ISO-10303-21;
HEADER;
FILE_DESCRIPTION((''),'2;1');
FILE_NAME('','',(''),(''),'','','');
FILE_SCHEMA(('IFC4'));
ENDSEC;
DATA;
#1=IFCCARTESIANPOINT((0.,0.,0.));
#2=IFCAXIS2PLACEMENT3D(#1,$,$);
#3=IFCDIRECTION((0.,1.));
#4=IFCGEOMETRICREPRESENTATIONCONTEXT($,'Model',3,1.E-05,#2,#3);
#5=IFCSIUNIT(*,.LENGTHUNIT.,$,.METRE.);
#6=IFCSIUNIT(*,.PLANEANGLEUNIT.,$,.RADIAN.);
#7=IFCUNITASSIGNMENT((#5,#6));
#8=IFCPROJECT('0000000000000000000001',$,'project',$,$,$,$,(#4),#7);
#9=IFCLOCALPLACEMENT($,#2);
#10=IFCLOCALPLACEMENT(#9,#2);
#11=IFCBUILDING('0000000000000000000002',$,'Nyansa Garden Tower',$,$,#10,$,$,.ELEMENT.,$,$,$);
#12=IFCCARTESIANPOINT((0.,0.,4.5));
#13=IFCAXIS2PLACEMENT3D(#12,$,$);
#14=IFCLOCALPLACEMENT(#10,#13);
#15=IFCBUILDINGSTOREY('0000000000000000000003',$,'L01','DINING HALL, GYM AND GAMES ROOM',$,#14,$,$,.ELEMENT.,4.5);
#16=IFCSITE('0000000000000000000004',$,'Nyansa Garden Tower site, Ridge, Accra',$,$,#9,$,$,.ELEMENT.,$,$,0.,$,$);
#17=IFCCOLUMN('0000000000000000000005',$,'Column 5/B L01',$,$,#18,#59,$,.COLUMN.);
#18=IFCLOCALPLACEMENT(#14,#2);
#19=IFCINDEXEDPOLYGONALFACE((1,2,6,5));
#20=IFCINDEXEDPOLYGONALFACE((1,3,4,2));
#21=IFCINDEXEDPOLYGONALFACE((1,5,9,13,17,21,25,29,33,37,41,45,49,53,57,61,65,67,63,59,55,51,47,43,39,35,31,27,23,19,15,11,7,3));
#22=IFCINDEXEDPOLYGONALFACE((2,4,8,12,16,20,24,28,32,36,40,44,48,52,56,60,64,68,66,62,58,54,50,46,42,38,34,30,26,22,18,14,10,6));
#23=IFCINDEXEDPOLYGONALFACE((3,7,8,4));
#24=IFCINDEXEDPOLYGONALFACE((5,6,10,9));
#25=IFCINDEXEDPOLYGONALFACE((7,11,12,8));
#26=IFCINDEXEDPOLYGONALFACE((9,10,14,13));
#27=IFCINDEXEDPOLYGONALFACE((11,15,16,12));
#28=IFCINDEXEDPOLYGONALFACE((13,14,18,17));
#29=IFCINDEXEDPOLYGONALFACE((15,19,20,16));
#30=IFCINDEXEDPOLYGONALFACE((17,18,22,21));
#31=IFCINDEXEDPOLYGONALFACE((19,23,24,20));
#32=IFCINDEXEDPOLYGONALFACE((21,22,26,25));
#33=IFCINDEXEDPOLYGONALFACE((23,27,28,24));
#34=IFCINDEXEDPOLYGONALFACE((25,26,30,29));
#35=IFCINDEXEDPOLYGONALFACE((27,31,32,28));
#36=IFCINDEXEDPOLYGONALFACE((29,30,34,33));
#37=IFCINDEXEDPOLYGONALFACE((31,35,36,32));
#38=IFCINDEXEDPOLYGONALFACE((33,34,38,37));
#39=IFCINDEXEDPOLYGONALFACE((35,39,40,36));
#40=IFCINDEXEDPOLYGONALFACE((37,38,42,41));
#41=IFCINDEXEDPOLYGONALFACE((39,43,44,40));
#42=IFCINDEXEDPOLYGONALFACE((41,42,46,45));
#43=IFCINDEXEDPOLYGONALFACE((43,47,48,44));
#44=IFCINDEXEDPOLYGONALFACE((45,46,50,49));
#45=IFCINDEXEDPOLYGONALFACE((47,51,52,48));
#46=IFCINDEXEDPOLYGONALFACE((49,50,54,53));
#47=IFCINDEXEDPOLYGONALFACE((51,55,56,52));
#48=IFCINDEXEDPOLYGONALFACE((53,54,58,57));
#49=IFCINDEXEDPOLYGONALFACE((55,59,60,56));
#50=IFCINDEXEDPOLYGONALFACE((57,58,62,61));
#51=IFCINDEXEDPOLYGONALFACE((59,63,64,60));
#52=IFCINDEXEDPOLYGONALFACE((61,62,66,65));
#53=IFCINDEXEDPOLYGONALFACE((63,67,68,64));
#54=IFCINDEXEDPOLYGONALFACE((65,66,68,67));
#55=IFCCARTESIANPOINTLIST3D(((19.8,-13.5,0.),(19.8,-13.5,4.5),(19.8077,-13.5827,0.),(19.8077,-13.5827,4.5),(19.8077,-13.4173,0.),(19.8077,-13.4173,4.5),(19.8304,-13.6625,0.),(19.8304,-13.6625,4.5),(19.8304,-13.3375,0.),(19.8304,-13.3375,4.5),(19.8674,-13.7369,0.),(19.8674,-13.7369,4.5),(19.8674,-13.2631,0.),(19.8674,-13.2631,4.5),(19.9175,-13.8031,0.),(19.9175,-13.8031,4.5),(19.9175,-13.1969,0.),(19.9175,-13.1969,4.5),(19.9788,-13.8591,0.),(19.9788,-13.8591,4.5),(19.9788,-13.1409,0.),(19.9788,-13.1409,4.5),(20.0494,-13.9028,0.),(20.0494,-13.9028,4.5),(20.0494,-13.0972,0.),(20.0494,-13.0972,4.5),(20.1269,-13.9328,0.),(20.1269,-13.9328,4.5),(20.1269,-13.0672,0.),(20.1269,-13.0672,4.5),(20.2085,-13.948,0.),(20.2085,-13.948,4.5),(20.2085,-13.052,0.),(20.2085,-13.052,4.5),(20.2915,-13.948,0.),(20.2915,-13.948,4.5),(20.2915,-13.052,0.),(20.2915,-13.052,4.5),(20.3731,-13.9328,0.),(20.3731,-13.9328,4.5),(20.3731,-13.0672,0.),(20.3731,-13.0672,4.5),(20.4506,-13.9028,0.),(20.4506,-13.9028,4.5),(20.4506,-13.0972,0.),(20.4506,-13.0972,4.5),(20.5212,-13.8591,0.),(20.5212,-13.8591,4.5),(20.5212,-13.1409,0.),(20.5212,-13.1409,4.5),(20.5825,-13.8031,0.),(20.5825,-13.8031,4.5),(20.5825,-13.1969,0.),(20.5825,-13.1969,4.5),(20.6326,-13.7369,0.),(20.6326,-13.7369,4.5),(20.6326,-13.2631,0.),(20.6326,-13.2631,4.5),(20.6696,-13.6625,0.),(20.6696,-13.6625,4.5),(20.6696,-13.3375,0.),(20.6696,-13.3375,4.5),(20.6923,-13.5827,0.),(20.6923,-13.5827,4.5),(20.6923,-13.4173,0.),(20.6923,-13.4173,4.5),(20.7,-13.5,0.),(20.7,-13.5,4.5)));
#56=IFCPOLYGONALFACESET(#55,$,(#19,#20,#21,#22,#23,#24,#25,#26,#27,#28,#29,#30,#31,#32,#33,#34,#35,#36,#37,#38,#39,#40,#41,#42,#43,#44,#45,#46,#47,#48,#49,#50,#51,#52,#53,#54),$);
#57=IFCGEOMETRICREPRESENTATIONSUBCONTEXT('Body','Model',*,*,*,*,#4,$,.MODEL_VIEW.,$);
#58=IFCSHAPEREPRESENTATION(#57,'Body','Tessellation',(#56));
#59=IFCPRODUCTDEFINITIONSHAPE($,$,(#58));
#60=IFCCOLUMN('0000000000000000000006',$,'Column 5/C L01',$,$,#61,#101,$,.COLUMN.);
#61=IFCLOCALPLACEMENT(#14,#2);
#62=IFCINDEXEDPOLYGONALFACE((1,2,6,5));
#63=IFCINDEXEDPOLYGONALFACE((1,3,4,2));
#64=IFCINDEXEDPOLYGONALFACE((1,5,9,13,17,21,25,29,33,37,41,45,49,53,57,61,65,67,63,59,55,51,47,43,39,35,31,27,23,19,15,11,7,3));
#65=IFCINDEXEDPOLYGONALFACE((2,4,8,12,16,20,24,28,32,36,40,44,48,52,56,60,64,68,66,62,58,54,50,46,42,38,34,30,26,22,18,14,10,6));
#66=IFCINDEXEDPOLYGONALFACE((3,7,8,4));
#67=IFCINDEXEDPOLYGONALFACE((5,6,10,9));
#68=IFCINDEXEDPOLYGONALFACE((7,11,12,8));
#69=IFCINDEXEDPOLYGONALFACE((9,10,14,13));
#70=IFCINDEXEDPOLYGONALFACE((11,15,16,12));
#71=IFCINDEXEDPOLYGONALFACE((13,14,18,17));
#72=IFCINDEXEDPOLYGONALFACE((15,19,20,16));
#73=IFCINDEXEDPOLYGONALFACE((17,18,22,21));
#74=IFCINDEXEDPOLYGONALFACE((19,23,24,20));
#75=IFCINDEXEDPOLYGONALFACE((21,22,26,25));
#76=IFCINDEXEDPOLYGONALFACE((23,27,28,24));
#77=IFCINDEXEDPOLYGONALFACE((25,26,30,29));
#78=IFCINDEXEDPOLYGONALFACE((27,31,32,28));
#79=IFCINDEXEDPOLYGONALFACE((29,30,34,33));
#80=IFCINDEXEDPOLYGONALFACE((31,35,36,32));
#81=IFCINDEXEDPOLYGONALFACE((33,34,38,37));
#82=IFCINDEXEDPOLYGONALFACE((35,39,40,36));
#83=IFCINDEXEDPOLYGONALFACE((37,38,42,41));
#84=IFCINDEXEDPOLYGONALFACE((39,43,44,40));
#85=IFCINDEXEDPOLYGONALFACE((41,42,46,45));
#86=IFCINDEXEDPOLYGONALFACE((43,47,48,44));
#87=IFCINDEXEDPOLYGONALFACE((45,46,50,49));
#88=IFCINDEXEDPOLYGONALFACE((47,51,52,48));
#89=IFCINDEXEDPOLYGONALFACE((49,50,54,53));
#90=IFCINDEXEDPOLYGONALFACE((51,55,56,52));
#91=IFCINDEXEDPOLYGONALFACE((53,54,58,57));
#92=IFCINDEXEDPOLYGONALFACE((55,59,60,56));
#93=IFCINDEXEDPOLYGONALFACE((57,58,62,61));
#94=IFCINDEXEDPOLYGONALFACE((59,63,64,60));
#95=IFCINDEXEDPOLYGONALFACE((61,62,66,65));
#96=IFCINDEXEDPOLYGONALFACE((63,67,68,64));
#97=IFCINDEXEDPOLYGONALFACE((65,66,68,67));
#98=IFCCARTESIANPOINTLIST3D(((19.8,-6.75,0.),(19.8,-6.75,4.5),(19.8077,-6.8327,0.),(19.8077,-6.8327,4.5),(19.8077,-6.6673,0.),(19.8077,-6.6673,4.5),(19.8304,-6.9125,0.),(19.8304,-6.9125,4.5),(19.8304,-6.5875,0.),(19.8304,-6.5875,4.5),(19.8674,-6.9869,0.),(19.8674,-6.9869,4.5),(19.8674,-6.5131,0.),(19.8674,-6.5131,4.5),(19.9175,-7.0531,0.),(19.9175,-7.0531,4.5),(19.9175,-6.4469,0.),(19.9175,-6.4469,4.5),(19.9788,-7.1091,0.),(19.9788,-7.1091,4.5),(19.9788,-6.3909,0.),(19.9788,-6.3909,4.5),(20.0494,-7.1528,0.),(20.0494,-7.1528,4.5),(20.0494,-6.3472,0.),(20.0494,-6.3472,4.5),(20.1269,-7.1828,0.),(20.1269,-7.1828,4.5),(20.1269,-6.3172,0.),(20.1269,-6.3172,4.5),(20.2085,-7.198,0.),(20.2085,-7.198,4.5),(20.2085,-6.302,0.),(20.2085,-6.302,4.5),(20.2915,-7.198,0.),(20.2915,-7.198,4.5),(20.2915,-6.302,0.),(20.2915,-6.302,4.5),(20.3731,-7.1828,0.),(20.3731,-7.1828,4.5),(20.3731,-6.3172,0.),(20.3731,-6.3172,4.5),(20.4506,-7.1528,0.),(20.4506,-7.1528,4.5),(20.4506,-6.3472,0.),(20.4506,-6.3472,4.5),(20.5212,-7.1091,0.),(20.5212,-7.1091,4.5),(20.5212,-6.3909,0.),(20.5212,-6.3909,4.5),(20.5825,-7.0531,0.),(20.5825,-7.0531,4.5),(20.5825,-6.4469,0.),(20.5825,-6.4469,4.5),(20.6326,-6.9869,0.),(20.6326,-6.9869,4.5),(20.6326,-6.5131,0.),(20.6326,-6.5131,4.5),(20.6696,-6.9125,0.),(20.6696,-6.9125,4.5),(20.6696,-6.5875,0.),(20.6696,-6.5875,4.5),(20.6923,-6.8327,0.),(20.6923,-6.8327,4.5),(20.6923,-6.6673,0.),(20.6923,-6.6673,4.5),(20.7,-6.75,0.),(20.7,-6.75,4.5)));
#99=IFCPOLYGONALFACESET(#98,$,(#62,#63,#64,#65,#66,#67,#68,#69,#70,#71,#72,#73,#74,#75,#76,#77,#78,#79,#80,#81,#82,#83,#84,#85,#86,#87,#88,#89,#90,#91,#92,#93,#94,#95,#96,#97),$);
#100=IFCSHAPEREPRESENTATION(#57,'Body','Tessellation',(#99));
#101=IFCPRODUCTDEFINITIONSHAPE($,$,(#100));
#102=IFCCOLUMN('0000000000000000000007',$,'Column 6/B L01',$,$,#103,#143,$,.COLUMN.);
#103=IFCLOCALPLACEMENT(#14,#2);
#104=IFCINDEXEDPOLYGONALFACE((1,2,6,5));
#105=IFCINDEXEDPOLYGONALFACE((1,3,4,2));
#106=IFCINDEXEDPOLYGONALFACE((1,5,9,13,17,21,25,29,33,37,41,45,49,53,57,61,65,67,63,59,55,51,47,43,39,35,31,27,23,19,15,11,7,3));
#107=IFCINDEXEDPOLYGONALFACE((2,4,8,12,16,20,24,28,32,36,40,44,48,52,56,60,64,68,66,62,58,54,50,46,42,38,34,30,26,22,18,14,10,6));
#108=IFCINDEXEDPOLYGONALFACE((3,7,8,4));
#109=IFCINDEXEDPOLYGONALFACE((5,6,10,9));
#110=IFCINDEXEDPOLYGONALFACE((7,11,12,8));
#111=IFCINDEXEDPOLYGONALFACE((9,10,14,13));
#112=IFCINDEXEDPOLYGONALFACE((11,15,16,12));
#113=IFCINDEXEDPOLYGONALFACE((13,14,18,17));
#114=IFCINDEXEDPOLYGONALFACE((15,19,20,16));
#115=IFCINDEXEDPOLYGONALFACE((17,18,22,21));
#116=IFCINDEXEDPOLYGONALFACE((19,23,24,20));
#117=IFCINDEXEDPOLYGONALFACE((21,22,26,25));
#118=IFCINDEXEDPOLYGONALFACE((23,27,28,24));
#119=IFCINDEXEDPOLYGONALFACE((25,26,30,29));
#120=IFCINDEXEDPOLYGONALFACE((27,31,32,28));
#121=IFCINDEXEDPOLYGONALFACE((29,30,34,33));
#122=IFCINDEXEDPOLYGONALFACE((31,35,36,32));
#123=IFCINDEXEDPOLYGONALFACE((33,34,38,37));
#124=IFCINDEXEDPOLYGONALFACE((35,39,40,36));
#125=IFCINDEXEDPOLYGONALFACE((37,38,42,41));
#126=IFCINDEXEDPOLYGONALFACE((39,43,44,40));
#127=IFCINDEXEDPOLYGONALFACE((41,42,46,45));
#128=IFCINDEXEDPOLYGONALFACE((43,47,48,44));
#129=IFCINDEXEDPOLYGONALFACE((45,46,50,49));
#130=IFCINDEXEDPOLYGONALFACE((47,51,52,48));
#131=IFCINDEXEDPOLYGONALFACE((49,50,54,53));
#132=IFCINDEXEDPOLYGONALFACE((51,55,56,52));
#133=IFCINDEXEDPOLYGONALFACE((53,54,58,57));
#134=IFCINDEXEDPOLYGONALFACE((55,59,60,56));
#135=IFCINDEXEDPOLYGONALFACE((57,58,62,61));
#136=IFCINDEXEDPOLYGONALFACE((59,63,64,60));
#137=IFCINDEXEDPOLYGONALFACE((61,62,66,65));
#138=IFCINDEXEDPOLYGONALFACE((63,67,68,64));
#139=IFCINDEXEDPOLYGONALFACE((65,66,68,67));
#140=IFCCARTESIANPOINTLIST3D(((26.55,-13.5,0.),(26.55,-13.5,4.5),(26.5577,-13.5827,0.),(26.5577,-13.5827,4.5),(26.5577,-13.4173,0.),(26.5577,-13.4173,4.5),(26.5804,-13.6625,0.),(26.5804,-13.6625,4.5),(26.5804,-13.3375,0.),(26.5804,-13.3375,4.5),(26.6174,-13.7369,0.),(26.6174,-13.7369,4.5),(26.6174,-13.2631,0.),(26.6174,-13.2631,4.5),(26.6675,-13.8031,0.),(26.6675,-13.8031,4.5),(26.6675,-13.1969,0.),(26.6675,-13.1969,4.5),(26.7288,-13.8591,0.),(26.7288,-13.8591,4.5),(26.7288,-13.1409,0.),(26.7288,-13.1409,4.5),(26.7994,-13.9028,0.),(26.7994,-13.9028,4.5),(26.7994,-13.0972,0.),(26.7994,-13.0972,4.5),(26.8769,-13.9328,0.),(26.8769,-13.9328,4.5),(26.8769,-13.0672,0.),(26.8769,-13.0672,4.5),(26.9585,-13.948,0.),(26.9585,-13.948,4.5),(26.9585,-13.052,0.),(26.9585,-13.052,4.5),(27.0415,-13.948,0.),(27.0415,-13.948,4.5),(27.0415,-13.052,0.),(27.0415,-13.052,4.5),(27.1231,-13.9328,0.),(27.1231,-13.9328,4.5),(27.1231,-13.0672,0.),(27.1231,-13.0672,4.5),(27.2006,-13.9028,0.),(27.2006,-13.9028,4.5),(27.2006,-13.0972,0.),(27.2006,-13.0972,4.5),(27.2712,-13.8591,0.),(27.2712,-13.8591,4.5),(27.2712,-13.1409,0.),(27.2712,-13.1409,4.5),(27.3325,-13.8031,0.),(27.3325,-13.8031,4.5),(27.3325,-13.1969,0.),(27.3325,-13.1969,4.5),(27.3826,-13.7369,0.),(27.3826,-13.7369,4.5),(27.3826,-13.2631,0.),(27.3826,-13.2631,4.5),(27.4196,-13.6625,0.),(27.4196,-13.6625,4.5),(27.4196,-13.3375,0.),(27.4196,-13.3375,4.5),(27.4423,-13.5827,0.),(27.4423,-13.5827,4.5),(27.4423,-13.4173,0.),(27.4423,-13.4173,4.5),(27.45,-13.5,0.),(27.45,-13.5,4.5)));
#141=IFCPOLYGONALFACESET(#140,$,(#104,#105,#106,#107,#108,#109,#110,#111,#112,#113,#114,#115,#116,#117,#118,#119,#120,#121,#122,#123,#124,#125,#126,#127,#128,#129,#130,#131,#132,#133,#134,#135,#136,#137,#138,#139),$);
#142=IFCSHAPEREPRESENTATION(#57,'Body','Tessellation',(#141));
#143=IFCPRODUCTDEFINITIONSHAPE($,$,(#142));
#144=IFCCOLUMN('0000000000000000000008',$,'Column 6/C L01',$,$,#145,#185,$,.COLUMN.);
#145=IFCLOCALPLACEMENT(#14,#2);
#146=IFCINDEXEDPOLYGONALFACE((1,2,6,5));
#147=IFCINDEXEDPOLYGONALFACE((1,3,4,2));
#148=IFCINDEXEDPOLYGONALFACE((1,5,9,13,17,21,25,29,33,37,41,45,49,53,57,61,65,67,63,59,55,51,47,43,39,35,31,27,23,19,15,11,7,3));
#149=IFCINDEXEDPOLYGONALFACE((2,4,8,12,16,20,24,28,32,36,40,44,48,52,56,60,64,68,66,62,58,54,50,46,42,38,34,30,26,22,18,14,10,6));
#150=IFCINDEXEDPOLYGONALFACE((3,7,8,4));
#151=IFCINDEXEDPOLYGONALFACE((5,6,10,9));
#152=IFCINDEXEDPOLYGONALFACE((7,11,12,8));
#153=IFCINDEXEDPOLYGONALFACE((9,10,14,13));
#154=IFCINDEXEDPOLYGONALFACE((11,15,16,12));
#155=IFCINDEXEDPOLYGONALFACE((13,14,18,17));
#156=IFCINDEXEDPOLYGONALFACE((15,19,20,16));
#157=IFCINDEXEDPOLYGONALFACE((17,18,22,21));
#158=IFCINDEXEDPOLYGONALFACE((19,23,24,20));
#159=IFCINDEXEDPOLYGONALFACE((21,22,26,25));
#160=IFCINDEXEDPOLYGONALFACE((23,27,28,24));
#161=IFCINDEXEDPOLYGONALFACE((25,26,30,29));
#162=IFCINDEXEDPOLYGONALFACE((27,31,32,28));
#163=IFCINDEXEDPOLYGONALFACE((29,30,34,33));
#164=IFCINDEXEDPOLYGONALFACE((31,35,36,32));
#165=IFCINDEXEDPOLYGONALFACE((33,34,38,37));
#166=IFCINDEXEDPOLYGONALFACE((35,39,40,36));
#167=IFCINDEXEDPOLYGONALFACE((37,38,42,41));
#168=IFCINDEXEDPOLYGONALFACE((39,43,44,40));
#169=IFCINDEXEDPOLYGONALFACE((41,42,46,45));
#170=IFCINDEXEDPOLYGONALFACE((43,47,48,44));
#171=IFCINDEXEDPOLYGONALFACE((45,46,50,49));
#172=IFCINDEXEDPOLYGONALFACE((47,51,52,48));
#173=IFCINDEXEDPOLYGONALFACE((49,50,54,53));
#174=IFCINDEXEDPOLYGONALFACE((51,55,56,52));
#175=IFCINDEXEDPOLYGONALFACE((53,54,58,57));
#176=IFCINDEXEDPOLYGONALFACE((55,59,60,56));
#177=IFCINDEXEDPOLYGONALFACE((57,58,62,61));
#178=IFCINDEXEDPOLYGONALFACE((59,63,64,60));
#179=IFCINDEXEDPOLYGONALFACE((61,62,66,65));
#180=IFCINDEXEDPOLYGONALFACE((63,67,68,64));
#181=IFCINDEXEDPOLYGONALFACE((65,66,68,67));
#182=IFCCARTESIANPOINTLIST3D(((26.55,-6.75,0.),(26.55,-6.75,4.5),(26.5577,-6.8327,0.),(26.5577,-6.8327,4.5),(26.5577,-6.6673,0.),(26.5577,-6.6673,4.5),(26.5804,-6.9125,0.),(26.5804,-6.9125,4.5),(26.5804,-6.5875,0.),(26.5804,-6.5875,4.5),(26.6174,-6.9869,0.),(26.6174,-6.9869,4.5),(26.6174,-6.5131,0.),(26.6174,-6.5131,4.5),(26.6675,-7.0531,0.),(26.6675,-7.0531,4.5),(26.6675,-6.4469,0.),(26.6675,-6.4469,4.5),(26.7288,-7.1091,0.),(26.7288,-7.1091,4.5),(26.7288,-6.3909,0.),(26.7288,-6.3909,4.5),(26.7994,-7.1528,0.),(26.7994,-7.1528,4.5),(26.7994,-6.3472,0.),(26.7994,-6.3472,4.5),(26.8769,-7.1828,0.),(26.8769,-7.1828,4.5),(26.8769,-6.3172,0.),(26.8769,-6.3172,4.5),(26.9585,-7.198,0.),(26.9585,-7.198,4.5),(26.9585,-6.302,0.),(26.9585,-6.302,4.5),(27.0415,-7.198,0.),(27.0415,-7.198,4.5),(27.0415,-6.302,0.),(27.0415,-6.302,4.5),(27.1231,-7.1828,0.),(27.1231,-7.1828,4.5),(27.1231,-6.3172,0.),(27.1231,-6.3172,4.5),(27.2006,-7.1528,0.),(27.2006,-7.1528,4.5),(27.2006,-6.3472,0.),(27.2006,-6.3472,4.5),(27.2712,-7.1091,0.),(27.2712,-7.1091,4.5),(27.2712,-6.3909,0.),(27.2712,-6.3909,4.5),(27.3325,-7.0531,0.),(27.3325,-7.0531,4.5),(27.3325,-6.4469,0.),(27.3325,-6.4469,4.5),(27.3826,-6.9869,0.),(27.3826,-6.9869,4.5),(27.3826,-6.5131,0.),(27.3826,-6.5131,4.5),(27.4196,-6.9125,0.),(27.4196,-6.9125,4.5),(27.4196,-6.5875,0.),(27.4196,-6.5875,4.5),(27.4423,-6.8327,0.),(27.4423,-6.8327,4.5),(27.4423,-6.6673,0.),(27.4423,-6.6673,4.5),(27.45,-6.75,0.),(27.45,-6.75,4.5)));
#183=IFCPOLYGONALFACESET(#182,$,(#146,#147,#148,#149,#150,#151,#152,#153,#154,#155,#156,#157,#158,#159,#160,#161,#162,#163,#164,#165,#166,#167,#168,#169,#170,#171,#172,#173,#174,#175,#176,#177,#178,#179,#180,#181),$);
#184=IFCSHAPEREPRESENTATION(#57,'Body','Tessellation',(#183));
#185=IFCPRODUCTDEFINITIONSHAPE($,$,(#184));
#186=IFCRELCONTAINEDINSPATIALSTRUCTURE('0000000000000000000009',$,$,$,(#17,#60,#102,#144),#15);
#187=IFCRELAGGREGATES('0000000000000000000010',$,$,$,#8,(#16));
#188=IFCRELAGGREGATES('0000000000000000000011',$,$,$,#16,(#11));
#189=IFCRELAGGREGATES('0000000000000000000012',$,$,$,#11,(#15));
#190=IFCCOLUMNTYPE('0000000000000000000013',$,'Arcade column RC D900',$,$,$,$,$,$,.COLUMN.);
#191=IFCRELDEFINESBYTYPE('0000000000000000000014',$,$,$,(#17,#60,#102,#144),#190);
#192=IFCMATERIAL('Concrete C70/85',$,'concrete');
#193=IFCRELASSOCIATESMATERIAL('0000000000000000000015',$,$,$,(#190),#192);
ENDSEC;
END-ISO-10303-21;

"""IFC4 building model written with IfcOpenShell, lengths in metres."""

from ifc_helpers import new_model, si_unit, direction, frame, origin, origin_2d, place, context, subcontext, project, spatial, circle, extrude, material, material_profile, profile_set, type_object, element, save


model = new_model("IFC4")

# Units and contexts
model_context = context("Model", 3, precision=1e-05, world=origin(), true_north=direction((0.0, 1.0)))
body_context = subcontext(model_context, "Body", "Model", "MODEL_VIEW")
ifc_project = project(units=[si_unit("LENGTHUNIT", "METRE"), si_unit("PLANEANGLEUNIT", "RADIAN")], contexts=[model_context])

# Site, building, storey
site_placement = place(None, origin())
site = spatial("IfcSite", under=ifc_project, at=site_placement, Name="Nyansa Garden Tower site, Ridge, Accra", CompositionType="ELEMENT", RefElevation=0.0)
building_placement = place(site_placement, origin())
building = spatial("IfcBuilding", under=site, at=building_placement, Name="Nyansa Garden Tower", CompositionType="ELEMENT")
storey_placement = place(building_placement, frame((0.0, 0.0, 4.5)))
storey = spatial("IfcBuildingStorey", under=building, at=storey_placement, Name="L01", Description="DINING HALL, GYM AND GAMES ROOM", CompositionType="ELEMENT", Elevation=4.5)

# Columns
ifc_material_1 = material(Name="Concrete C70/85", Category="concrete")
ifc_material_profile_1 = material_profile(ifc_material_1, circle(Radius=0.45, at=origin_2d()), Name="RC D900")
ifc_profile_set_1 = profile_set([ifc_material_profile_1], Name="Concrete C70/85")
column_type = type_object("IfcColumnType", Name="Arcade column RC D900", PredefinedType="COLUMN", material=ifc_profile_set_1)
for number, where, z_axis, x_axis, name in (
    (1, (20.25, -13.5, 0.0), (0.0, 0.0, 1.0), (1.0, 0.0, 0.0), "Column 5/B L01"),
    (2, (20.25, -6.75, 0.0), (0.0, 0.0, 1.0), (1.0, 0.0, 0.0), "Column 5/C L01"),
    (3, (27.0, -13.5, 0.0), (0.0, 0.0, 1.0), (1.0, 0.0, 0.0), "Column 6/B L01"),
    (4, (27.0, -6.75, 0.0), (0.0, 0.0, 1.0), (1.0, 0.0, 0.0), "Column 6/C L01"),
):
    element("IfcColumn", number, at=place(storey_placement, frame(where, z_axis=z_axis, x_axis=x_axis)), inside=storey, type_object=column_type, Name=name, PredefinedType="COLUMN", context=body_context, shape_type="SweptSolid", body=[
        extrude(circle(Radius=0.45, at=origin_2d()), origin(), (0.0, 0.0, 1.0), 4.5),
    ])

save(model, "model.ifc")
